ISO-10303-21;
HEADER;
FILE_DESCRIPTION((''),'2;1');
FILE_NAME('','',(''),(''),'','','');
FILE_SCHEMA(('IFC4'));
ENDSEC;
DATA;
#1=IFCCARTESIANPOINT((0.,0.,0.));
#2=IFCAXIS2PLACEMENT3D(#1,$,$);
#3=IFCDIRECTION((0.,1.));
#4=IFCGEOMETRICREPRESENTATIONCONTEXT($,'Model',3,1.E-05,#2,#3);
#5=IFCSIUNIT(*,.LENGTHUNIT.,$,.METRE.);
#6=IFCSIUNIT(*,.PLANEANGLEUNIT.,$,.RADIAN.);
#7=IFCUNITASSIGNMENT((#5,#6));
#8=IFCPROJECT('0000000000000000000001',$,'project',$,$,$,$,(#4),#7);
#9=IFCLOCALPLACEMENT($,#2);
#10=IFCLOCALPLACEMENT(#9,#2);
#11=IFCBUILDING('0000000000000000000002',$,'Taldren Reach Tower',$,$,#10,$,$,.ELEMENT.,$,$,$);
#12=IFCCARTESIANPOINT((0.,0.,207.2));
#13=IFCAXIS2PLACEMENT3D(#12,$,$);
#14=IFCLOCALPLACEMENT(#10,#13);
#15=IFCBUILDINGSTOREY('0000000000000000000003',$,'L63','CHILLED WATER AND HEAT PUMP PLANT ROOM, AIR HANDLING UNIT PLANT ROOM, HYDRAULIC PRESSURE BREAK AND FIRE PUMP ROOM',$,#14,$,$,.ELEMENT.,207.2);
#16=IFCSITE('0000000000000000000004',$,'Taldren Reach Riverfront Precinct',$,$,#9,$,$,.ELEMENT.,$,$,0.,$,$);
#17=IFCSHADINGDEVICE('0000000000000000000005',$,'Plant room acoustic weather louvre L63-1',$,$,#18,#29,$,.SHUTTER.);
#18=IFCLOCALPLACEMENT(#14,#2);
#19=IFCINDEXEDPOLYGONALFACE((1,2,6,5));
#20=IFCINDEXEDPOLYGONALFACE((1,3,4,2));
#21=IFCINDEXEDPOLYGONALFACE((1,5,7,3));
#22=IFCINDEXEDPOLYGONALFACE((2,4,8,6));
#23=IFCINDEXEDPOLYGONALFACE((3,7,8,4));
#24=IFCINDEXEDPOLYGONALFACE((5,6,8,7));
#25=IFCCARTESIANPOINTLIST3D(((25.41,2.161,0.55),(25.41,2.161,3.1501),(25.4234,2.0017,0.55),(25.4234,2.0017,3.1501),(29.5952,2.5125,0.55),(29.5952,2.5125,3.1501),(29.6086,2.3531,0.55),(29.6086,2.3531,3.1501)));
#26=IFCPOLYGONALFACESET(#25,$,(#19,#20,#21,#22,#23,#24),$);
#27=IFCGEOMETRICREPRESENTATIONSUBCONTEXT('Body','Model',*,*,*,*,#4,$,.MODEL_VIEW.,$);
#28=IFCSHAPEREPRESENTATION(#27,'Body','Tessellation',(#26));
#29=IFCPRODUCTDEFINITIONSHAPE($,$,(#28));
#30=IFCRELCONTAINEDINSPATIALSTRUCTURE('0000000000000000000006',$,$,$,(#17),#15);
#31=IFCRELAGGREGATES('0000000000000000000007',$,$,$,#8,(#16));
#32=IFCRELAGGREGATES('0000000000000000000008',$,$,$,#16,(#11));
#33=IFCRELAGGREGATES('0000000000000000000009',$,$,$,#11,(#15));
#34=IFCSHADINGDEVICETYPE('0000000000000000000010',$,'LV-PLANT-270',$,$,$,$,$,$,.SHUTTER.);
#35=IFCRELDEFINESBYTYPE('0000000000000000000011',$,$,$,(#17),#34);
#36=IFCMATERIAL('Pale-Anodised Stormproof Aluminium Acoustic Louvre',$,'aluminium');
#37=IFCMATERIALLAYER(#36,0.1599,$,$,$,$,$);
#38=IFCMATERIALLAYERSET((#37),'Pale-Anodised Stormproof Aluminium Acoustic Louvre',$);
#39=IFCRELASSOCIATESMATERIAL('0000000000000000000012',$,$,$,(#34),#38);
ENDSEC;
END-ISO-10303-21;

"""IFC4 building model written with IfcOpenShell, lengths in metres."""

from ifc_helpers import new_model, si_unit, direction, frame, origin, origin_2d, place, context, subcontext, project, spatial, rectangle, extrude, source, transform, mapped, material, layer, layer_set, type_object, element, save


model = new_model("IFC4")

# Units and contexts
model_context = context("Model", 3, precision=1e-05, world=origin(), true_north=direction((0.0, 1.0)))
body_context = subcontext(model_context, "Body", "Model", "MODEL_VIEW")
ifc_project = project(units=[si_unit("LENGTHUNIT", "METRE"), si_unit("PLANEANGLEUNIT", "RADIAN")], contexts=[model_context])

# Site, building, storey
site_placement = place(None, origin())
site = spatial("IfcSite", under=ifc_project, at=site_placement, Name="Taldren Reach Riverfront Precinct", CompositionType="ELEMENT", RefElevation=0.0)
building_placement = place(site_placement, origin())
building = spatial("IfcBuilding", under=site, at=building_placement, Name="Taldren Reach Tower", CompositionType="ELEMENT")
storey_placement = place(building_placement, frame((0.0, 0.0, 207.2)))
storey = spatial("IfcBuildingStorey", under=building, at=storey_placement, Name="L63", Description="CHILLED WATER AND HEAT PUMP PLANT ROOM, AIR HANDLING UNIT PLANT ROOM, HYDRAULIC PRESSURE BREAK AND FIRE PUMP ROOM", CompositionType="ELEMENT", Elevation=207.2)

# Shading device
ifc_material_1 = material(Name="Pale-Anodised Stormproof Aluminium Acoustic Louvre", Category="aluminium")
ifc_layer_1 = layer(ifc_material_1, 0.1599)
ifc_layer_set_1 = layer_set([ifc_layer_1], Name="Pale-Anodised Stormproof Aluminium Acoustic Louvre")
shading_device_type = type_object("IfcShadingDeviceType", Name="LV-PLANT-270", PredefinedType="SHUTTER", material=ifc_layer_set_1)
shared_shape_1 = source(origin(), body_context, "Body", "SweptSolid", [
    extrude(rectangle(XDim=4.2, YDim=0.1599, at=origin_2d()), origin(), (0.0, 0.0, 1.0), 2.6001),
])
shading_device_placement = place(storey_placement, frame((27.5093, 2.2571, 0.55), z_axis=(0.0, 0.0, 1.0), x_axis=(0.996493, 0.083678, 0.0)))
element("IfcShadingDevice", 1, at=shading_device_placement, inside=storey, type_object=shading_device_type, Name="Plant room acoustic weather louvre L63-1", PredefinedType="SHUTTER", context=body_context, shape_type="MappedRepresentation", body=[
    mapped(shared_shape_1, transform((0.0, 0.0, 0.0), scale=1.0)),
])

save(model, "model.ifc")
